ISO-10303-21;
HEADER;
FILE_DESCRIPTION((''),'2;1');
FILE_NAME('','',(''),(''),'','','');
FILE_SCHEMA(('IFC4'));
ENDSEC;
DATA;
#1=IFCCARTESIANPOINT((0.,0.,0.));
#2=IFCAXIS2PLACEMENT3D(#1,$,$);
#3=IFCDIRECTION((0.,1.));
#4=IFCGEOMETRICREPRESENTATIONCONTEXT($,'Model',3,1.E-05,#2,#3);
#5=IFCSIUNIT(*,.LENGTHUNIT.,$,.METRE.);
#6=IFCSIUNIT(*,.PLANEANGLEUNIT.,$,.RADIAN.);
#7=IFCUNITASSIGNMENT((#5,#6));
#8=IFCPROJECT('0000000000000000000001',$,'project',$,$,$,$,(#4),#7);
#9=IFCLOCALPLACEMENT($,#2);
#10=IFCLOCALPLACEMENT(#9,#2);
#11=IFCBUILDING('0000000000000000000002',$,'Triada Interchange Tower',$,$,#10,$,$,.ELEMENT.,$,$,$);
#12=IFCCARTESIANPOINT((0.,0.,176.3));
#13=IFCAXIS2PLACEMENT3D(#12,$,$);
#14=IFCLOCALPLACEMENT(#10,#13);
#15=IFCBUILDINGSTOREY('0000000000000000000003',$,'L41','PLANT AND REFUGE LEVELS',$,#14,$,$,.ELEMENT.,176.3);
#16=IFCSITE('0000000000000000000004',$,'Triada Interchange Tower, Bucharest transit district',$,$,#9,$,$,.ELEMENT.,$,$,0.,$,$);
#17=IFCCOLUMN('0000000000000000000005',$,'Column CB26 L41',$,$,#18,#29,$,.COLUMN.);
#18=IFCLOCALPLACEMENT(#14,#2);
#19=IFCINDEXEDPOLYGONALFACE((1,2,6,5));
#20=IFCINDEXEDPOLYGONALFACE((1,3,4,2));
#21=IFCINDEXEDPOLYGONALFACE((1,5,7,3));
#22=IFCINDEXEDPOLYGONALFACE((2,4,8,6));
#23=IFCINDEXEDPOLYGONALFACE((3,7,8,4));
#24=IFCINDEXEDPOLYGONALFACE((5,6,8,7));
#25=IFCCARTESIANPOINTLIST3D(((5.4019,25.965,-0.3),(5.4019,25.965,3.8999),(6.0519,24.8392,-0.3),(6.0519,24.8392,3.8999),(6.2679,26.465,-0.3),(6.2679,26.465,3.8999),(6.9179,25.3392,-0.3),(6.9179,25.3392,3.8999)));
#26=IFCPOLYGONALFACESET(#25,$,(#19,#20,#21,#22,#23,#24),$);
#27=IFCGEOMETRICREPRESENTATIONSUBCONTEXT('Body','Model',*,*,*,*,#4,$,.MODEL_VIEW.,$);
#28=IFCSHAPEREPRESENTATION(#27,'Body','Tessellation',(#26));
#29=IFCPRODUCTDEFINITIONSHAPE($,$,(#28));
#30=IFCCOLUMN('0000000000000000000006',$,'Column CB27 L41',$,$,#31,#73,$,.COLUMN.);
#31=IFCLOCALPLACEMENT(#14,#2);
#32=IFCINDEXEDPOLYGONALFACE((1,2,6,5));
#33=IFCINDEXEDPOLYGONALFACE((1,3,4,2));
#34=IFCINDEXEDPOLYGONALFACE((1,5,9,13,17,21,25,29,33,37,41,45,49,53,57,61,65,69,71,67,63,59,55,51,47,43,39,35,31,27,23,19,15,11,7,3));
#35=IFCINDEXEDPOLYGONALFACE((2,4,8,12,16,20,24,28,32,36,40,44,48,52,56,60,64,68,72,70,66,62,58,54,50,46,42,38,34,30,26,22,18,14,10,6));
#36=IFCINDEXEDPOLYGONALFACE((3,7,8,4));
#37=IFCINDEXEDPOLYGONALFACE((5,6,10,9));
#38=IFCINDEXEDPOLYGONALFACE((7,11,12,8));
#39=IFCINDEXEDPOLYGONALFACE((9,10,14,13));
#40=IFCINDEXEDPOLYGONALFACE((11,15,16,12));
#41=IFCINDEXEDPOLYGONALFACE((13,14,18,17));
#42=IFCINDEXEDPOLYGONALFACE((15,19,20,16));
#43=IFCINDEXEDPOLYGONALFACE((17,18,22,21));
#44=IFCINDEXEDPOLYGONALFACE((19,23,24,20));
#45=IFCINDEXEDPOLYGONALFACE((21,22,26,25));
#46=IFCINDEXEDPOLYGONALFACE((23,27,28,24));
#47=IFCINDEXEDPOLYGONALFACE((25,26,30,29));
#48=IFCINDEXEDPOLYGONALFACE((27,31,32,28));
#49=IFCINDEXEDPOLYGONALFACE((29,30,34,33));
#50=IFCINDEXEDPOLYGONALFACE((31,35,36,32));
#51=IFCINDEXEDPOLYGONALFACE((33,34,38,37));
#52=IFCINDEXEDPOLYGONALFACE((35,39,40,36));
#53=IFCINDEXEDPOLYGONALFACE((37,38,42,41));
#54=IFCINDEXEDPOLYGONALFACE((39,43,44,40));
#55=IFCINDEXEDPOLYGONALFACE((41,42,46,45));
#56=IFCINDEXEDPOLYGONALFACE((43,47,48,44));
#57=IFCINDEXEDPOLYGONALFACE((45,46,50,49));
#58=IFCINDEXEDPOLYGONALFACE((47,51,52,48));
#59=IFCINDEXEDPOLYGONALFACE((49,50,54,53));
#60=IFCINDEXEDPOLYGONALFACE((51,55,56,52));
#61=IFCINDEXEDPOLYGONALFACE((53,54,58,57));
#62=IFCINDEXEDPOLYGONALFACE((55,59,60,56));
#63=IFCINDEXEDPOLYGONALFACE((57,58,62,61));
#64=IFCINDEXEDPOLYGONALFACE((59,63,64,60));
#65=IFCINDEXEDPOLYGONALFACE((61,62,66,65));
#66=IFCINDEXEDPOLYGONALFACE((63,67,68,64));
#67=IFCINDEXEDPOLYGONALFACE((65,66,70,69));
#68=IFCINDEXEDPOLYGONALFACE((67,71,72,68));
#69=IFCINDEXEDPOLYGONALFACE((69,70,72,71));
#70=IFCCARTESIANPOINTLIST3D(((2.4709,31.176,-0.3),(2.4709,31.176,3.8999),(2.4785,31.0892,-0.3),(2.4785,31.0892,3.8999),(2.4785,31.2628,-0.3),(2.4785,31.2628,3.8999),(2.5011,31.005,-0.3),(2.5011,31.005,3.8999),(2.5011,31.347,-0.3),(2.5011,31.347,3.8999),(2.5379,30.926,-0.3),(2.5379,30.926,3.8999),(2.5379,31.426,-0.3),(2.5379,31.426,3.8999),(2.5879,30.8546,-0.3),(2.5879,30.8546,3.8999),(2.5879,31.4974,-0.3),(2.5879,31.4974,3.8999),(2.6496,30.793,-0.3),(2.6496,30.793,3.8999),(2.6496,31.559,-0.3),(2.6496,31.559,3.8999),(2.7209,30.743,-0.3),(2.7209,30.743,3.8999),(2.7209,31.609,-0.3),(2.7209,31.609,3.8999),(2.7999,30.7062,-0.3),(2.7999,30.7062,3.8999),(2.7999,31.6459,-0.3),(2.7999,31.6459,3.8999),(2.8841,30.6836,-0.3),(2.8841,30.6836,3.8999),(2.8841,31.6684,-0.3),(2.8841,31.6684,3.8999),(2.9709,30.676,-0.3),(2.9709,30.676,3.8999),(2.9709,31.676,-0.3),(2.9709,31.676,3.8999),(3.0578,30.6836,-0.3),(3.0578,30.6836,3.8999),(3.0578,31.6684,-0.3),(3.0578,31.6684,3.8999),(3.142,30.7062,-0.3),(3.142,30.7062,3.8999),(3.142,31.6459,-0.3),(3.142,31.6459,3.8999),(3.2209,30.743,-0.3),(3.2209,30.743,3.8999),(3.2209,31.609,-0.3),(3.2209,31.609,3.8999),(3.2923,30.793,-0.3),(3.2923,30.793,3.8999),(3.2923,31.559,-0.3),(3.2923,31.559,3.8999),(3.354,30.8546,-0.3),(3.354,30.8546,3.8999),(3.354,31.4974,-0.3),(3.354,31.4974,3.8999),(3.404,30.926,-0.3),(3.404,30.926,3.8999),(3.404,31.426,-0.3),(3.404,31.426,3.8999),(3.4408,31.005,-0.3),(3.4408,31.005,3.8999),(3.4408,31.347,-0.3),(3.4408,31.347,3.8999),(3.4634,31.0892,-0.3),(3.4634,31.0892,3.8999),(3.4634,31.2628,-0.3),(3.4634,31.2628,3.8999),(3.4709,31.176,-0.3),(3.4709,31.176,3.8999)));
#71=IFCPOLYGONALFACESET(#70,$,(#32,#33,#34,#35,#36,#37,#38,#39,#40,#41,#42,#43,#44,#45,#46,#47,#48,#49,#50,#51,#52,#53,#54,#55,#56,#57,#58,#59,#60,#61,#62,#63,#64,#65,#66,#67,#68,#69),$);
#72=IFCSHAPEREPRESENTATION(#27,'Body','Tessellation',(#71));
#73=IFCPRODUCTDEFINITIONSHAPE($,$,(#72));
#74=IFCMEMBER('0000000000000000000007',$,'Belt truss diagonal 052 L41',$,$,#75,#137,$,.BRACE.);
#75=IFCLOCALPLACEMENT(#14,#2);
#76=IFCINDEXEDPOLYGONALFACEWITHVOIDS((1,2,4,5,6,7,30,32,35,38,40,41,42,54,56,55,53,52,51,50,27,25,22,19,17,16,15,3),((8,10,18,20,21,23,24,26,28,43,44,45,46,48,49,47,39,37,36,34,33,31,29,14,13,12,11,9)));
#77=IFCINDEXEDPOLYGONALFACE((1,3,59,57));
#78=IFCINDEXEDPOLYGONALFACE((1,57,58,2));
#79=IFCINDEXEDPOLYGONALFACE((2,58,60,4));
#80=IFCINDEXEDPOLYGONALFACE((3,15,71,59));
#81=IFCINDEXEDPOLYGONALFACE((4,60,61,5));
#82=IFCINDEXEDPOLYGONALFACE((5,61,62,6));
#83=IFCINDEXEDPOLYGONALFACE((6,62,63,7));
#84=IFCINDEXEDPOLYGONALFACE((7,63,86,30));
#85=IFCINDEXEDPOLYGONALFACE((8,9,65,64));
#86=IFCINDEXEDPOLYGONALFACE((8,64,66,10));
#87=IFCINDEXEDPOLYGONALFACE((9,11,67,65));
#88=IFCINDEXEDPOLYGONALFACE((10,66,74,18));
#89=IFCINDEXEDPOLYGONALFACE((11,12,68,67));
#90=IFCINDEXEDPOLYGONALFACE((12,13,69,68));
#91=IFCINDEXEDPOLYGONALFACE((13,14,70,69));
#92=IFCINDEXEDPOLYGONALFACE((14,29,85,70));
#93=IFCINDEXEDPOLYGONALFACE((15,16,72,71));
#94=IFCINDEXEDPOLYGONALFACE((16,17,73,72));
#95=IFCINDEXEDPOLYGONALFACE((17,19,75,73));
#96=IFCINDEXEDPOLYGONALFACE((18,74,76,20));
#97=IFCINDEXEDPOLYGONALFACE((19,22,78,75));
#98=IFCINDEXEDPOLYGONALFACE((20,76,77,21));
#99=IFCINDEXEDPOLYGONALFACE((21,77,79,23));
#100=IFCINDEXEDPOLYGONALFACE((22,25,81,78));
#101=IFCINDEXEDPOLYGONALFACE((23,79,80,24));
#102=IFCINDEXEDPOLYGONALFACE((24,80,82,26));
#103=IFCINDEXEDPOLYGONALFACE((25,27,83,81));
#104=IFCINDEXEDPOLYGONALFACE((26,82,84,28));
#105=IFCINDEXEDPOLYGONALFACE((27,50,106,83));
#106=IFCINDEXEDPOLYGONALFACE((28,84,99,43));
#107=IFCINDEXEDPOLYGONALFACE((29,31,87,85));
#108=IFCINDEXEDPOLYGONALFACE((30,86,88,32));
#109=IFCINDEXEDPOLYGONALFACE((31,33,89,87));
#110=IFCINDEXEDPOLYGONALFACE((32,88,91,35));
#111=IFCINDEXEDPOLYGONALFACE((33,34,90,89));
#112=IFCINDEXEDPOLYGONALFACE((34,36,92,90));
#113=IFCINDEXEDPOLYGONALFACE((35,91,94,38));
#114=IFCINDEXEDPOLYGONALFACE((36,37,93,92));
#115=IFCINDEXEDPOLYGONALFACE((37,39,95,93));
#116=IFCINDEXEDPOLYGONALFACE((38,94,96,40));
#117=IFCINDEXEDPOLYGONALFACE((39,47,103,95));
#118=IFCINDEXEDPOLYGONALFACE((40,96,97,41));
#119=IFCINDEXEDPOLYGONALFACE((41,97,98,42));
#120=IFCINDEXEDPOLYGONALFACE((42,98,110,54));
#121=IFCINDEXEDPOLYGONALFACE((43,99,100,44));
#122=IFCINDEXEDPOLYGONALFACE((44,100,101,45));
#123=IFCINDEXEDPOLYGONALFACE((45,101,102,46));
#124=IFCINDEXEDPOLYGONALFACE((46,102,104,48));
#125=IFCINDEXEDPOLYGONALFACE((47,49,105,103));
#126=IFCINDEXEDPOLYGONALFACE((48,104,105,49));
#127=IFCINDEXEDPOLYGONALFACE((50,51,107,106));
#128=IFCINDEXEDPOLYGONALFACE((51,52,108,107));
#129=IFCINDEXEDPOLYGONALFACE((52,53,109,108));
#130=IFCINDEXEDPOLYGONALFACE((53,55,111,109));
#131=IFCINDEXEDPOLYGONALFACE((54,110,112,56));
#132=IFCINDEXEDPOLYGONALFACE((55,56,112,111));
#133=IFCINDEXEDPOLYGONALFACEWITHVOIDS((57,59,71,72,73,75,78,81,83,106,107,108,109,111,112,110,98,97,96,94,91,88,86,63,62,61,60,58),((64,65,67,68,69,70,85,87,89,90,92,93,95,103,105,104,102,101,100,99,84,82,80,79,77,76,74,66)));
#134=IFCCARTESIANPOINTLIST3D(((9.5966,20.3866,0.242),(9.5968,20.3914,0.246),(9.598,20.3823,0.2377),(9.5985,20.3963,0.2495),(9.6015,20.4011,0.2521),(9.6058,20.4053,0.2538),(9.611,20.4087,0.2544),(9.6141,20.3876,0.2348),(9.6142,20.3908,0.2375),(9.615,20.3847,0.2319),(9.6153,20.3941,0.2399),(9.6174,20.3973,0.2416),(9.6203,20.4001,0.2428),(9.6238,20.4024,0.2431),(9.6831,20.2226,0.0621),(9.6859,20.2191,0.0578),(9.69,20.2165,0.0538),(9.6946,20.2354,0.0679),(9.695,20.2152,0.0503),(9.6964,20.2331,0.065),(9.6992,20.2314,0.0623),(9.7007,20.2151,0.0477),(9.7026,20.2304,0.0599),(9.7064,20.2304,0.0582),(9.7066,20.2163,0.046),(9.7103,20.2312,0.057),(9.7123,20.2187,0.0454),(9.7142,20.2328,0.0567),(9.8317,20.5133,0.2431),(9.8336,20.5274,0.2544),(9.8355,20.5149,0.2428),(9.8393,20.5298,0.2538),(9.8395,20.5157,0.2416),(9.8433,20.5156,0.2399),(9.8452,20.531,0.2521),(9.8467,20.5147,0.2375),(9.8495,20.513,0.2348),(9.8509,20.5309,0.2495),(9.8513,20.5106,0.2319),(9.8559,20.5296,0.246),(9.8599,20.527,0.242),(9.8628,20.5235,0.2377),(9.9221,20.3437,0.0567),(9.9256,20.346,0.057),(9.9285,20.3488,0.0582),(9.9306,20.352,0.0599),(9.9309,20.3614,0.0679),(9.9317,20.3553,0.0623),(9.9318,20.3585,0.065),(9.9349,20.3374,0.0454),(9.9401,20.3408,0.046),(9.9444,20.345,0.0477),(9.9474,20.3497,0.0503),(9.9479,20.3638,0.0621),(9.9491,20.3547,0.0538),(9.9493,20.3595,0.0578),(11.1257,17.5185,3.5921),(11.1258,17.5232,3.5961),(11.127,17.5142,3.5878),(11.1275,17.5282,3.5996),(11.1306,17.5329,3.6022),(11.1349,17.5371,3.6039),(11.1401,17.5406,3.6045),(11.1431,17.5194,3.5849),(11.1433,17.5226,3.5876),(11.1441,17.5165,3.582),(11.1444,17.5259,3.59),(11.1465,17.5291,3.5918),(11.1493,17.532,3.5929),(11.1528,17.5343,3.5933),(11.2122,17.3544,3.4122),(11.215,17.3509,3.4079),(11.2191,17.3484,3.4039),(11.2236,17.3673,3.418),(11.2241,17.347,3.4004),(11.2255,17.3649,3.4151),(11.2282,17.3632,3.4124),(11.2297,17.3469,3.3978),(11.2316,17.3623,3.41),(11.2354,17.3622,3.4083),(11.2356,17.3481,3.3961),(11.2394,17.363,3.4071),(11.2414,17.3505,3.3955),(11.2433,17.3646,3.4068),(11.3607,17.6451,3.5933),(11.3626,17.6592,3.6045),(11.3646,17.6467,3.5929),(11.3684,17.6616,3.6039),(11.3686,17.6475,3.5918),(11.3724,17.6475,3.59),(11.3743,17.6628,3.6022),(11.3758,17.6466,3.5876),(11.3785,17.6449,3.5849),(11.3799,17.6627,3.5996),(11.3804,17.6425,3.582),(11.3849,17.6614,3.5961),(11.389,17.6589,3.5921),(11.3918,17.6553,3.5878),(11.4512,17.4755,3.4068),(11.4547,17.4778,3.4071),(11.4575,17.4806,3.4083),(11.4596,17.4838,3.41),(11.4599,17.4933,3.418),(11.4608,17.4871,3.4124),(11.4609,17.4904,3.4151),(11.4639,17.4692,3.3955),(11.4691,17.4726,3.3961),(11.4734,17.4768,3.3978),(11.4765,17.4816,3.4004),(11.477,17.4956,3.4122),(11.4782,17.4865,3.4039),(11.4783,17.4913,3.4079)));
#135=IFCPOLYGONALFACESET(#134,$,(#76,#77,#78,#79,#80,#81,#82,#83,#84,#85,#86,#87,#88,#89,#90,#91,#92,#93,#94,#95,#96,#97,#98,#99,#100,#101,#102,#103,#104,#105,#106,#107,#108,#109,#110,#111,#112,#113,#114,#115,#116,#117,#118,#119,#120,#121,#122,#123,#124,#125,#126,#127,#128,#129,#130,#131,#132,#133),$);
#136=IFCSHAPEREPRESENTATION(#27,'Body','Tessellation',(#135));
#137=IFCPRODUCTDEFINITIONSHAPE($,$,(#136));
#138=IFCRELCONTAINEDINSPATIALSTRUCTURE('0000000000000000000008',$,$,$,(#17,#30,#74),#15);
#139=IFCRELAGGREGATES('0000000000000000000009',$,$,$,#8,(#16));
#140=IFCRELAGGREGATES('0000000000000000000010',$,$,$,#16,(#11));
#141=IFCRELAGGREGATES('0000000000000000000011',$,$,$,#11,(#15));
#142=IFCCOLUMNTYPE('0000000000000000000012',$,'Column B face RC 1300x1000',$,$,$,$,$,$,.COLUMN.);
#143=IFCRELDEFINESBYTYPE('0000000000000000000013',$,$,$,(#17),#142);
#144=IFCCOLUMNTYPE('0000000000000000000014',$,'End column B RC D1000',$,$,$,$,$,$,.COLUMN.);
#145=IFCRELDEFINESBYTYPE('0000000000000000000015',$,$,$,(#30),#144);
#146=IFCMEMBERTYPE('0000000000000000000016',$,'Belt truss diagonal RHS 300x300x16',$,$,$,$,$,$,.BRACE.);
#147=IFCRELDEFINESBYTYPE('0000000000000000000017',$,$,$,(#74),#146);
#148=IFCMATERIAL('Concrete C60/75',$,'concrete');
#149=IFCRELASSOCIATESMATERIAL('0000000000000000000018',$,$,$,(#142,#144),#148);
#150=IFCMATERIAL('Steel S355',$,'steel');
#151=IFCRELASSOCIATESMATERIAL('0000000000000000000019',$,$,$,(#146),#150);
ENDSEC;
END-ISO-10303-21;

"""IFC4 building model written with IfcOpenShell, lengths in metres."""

from ifc_helpers import new_model, si_unit, direction, frame, origin, origin_2d, place, context, subcontext, project, spatial, rectangle, hollow_rectangle, circle, extrude, material, material_profile, profile_set, type_object, element, save


model = new_model("IFC4")

# Units and contexts
model_context = context("Model", 3, precision=1e-05, world=origin(), true_north=direction((0.0, 1.0)))
body_context = subcontext(model_context, "Body", "Model", "MODEL_VIEW")
ifc_project = project(units=[si_unit("LENGTHUNIT", "METRE"), si_unit("PLANEANGLEUNIT", "RADIAN")], contexts=[model_context])

# Site, building, storey
site_placement = place(None, origin())
site = spatial("IfcSite", under=ifc_project, at=site_placement, Name="Triada Interchange Tower, Bucharest transit district", CompositionType="ELEMENT", RefElevation=0.0)
building_placement = place(site_placement, origin())
building = spatial("IfcBuilding", under=site, at=building_placement, Name="Triada Interchange Tower", CompositionType="ELEMENT")
storey_placement = place(building_placement, frame((0.0, 0.0, 176.3)))
storey = spatial("IfcBuildingStorey", under=building, at=storey_placement, Name="L41", Description="PLANT AND REFUGE LEVELS", CompositionType="ELEMENT", Elevation=176.3)

# Columns
ifc_material_1 = material(Name="Concrete C60/75", Category="concrete")
ifc_material_profile_1 = material_profile(ifc_material_1, rectangle(XDim=1.3, YDim=1.0, at=origin_2d()), Name="RC 1300x1000")
ifc_profile_set_1 = profile_set([ifc_material_profile_1], Name="Concrete C60/75")
column_type_1 = type_object("IfcColumnType", Name="Column B face RC 1300x1000", PredefinedType="COLUMN", material=ifc_profile_set_1)
column_1_placement = place(storey_placement, frame((6.1599, 25.6521, -0.3), z_axis=(0.0, 0.0, 1.0), x_axis=(-0.5, 0.866025, 0.0)))
element("IfcColumn", 1, at=column_1_placement, inside=storey, type_object=column_type_1, Name="Column CB26 L41", PredefinedType="COLUMN", context=body_context, shape_type="SweptSolid", body=[
    extrude(rectangle(XDim=1.3, YDim=1.0, at=origin_2d()), origin(), (0.0, 0.0, 1.0), 4.2),
])
ifc_material_profile_2 = material_profile(ifc_material_1, circle(Radius=0.5, at=origin_2d()), Name="RC D1000")
ifc_profile_set_2 = profile_set([ifc_material_profile_2], Name="Concrete C60/75")
column_type_2 = type_object("IfcColumnType", Name="End column B RC D1000", PredefinedType="COLUMN", material=ifc_profile_set_2)
column_2_placement = place(storey_placement, frame((2.9709, 31.176, -0.3), z_axis=(0.0, 0.0, 1.0), x_axis=(-0.5, 0.866025, 0.0)))
element("IfcColumn", 2, at=column_2_placement, inside=storey, type_object=column_type_2, Name="Column CB27 L41", PredefinedType="COLUMN", context=body_context, shape_type="SweptSolid", body=[
    extrude(circle(Radius=0.5, at=origin_2d()), origin(), (0.0, 0.0, 1.0), 4.2),
])

# Member
ifc_material_2 = material(Name="Steel S355", Category="steel")
ifc_material_profile_3 = material_profile(ifc_material_2, hollow_rectangle(XDim=0.3, YDim=0.3, WallThickness=0.0161, InnerFilletRadius=0.0161, OuterFilletRadius=0.0239, at=origin_2d()), Name="RHS 300x300x16")
ifc_profile_set_3 = profile_set([ifc_material_profile_3], Name="Steel S355")
member_type_1 = type_object("IfcMemberType", Name="Belt truss diagonal RHS 300x300x16", PredefinedType="BRACE", material=ifc_profile_set_3)
member_1_placement = place(storey_placement, frame((9.7729, 20.373, 0.1499), z_axis=(0.327581, -0.614469, 0.717718), x_axis=(0.882434, 0.470436, 0.0)))
element("IfcMember", 3, at=member_1_placement, inside=storey, type_object=member_type_1, Name="Belt truss diagonal 052 L41", PredefinedType="BRACE", context=body_context, shape_type="SweptSolid", body=[
    extrude(hollow_rectangle(XDim=0.3, YDim=0.3, WallThickness=0.0161, InnerFilletRadius=0.0161, OuterFilletRadius=0.0239, at=origin_2d()), origin(), (0.0, 0.0, 1.0), 4.6677),
])

save(model, "model.ifc")
